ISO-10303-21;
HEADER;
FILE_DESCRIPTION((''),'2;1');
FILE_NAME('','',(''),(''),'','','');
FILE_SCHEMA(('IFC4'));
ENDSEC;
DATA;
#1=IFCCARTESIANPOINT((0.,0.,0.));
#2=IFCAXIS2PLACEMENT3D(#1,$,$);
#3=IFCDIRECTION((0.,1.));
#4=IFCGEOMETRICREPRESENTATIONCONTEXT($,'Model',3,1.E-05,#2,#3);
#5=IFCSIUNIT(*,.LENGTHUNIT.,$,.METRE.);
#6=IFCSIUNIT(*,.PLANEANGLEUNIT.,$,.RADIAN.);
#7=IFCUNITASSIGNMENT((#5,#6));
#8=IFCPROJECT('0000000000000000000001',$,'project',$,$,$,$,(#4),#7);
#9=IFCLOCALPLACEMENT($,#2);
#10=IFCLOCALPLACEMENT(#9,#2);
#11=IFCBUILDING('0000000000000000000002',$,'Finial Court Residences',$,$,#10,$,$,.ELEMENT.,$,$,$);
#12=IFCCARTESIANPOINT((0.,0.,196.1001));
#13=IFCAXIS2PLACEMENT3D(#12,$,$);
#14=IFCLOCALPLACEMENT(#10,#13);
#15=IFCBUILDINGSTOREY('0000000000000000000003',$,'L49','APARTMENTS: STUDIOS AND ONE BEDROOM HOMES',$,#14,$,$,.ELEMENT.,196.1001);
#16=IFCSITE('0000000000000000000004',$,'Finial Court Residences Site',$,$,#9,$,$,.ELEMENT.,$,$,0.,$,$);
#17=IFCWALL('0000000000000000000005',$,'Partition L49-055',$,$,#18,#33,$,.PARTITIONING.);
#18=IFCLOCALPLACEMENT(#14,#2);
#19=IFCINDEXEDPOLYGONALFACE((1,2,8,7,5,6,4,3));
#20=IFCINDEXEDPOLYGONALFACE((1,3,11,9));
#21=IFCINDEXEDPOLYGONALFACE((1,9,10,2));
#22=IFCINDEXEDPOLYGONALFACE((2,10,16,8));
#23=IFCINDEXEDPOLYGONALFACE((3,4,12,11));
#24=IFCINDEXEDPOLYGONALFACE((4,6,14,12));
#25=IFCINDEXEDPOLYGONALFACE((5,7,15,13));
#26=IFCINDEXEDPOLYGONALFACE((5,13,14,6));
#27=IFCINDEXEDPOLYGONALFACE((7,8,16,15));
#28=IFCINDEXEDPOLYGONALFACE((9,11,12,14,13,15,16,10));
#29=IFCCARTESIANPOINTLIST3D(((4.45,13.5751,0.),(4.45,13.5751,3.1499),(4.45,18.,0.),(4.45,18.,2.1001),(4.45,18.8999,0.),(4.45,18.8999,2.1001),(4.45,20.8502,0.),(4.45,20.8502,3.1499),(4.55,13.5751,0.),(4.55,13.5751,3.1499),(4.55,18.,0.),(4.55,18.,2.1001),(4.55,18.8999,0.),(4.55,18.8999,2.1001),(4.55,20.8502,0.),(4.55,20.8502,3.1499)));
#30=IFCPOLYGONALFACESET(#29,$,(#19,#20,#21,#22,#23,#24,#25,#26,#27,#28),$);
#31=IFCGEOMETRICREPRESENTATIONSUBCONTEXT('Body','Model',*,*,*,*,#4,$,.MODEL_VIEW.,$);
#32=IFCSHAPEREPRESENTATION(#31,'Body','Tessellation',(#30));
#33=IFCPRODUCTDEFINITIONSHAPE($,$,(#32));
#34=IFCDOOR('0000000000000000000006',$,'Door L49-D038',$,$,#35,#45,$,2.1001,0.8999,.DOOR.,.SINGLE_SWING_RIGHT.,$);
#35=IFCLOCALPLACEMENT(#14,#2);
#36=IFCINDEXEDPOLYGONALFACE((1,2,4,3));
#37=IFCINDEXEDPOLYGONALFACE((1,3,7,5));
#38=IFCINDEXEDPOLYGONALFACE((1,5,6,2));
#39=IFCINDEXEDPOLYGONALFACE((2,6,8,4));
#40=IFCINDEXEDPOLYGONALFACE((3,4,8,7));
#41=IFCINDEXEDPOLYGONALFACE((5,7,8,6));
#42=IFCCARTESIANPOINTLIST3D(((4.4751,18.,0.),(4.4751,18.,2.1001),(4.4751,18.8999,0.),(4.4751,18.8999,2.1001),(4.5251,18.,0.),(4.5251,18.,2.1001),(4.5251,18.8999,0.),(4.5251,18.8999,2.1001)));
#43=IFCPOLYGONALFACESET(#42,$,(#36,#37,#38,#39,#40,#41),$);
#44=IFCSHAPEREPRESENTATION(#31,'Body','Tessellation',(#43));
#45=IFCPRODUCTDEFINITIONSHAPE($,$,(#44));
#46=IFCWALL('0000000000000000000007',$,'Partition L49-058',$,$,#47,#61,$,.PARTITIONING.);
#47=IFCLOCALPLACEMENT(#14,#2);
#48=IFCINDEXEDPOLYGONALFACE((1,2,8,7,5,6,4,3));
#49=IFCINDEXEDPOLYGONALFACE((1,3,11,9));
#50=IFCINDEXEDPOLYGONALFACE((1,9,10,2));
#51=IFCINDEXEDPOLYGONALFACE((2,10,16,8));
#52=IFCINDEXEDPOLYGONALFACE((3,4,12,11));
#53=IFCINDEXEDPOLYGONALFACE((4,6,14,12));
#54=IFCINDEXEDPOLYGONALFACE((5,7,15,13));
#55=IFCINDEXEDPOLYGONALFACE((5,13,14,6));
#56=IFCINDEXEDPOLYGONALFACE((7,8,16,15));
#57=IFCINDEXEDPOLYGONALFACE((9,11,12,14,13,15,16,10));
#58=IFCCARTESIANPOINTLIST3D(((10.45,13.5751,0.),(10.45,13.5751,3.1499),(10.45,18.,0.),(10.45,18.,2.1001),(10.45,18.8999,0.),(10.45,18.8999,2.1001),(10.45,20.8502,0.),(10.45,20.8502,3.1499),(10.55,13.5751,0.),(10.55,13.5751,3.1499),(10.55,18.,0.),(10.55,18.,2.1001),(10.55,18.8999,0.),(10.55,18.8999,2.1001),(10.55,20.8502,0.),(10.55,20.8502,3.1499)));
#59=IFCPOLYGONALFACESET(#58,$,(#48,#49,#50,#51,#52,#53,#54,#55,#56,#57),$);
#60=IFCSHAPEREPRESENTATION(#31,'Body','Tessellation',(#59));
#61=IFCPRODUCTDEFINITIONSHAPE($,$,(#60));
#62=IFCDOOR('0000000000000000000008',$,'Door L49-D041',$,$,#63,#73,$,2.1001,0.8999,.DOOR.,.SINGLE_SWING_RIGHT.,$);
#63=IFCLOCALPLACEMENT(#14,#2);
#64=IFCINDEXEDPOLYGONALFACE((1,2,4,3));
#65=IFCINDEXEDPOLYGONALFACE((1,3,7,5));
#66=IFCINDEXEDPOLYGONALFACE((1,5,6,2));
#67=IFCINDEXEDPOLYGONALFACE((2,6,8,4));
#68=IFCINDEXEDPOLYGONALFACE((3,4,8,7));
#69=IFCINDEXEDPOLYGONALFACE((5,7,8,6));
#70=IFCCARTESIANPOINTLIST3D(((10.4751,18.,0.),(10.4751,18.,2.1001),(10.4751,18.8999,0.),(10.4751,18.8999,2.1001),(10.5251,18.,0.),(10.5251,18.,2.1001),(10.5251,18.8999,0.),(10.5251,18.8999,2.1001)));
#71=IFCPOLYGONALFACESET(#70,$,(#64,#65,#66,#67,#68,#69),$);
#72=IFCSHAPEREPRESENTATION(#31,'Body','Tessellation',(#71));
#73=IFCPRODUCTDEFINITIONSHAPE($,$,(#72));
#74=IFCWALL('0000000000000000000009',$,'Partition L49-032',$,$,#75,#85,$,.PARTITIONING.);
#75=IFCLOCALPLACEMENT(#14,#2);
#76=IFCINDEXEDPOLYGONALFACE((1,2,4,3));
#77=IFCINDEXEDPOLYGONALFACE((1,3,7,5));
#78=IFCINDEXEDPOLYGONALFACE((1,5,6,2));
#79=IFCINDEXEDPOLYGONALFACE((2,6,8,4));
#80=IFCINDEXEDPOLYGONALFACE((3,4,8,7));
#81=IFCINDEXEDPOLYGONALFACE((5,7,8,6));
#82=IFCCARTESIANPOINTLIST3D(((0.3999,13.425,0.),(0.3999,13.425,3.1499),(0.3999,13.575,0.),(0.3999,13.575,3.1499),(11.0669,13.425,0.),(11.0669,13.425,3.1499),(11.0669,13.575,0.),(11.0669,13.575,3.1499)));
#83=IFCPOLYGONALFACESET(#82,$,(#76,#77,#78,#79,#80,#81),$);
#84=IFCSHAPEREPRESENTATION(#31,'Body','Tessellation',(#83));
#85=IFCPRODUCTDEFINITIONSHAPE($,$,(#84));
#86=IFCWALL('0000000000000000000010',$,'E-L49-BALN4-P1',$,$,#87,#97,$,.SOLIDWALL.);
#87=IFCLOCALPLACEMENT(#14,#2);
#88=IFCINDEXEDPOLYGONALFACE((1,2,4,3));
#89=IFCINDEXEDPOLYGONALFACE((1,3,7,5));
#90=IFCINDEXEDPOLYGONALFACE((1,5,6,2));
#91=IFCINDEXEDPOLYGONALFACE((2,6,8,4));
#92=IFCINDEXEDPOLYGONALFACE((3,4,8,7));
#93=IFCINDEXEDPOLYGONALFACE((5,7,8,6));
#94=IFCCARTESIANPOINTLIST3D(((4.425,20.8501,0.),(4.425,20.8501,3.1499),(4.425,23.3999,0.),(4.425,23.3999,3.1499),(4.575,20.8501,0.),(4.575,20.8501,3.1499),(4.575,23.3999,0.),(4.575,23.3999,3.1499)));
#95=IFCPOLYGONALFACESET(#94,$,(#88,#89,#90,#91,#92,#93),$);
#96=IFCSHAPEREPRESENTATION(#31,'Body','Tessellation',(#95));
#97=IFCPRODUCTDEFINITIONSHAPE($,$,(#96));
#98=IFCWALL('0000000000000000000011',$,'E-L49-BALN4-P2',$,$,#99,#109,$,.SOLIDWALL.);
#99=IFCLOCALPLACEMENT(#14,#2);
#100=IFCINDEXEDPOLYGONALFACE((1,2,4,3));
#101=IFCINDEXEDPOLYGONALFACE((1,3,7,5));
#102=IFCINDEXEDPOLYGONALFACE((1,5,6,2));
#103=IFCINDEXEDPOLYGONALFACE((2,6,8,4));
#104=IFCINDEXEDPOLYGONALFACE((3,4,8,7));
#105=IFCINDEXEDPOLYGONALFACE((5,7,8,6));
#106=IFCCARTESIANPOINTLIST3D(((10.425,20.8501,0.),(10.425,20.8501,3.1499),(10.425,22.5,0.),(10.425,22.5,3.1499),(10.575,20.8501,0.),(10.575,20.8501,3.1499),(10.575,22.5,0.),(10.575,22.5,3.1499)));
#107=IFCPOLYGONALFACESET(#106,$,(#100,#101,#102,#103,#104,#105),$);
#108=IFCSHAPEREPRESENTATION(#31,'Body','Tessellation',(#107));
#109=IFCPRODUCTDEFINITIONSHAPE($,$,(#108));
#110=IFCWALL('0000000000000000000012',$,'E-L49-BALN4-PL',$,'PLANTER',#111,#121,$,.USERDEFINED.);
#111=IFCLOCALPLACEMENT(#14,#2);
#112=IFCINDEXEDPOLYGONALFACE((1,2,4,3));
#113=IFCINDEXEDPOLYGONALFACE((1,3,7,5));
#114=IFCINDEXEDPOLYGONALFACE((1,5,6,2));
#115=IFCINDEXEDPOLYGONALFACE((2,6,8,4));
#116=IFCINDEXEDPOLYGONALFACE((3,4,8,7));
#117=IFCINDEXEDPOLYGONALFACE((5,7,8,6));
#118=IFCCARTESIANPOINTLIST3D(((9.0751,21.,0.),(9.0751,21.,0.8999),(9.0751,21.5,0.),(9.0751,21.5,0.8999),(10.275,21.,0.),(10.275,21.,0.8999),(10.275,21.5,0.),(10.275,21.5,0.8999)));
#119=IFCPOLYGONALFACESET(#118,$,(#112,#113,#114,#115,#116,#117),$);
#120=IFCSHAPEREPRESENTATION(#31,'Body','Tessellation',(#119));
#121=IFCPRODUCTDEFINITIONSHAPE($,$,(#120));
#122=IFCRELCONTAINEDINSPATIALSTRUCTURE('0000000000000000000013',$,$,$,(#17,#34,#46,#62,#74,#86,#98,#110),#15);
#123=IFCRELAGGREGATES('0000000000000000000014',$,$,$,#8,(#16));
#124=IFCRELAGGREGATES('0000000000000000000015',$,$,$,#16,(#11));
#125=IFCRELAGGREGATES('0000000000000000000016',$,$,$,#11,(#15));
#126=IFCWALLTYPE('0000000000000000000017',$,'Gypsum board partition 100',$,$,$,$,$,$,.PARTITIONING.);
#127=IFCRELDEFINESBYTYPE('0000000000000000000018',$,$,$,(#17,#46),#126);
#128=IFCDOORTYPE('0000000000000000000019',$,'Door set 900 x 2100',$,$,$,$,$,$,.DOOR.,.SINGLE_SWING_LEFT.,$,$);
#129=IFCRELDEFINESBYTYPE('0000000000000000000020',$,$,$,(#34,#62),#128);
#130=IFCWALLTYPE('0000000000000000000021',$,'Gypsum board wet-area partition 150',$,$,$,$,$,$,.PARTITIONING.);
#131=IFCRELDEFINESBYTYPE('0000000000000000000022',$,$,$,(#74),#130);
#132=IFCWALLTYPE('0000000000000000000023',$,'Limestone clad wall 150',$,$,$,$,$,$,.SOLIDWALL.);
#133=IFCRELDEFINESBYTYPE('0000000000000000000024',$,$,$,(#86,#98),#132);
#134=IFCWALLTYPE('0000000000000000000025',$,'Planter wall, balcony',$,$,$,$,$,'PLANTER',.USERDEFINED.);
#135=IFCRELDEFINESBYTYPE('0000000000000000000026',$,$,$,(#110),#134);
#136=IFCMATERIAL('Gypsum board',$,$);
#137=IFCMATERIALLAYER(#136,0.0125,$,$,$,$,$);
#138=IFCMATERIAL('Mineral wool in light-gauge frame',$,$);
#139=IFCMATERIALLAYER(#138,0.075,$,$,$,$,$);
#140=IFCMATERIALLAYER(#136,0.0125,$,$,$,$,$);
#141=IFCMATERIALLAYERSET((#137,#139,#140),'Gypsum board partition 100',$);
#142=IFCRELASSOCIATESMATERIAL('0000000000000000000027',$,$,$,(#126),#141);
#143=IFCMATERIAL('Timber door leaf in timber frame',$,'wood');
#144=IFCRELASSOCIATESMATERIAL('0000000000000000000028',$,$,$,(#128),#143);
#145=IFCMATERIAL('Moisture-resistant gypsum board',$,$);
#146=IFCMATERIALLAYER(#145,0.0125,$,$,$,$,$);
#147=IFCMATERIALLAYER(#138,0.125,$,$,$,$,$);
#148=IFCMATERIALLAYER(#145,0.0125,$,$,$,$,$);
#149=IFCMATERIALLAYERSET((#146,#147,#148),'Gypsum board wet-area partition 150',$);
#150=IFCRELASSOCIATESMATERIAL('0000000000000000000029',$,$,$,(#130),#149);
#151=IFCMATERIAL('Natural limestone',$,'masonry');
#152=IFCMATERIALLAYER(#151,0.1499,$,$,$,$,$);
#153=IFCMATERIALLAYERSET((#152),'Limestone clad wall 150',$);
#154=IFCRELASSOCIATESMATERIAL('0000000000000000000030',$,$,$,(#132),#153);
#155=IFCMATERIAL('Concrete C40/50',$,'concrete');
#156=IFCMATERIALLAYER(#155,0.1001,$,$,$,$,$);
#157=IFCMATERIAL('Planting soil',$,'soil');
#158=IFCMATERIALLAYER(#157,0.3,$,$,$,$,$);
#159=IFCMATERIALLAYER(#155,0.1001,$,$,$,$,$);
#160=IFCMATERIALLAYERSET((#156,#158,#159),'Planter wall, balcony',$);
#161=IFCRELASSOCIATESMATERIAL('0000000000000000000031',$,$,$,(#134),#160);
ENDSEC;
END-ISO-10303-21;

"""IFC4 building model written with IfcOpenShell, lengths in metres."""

from ifc_helpers import new_model, si_unit, direction, frame, frame_2d, origin, place, context, subcontext, project, spatial, rectangle, extrude, material, layer, layer_set, type_object, element, fill, save


model = new_model("IFC4")

# Units and contexts
model_context = context("Model", 3, precision=1e-05, world=origin(), true_north=direction((0.0, 1.0)))
body_context = subcontext(model_context, "Body", "Model", "MODEL_VIEW")
ifc_project = project(units=[si_unit("LENGTHUNIT", "METRE"), si_unit("PLANEANGLEUNIT", "RADIAN")], contexts=[model_context])

# Site, building, storey
site_placement = place(None, origin())
site = spatial("IfcSite", under=ifc_project, at=site_placement, Name="Finial Court Residences Site", CompositionType="ELEMENT", RefElevation=0.0)
building_placement = place(site_placement, origin())
building = spatial("IfcBuilding", under=site, at=building_placement, Name="Finial Court Residences", CompositionType="ELEMENT")
storey_placement = place(building_placement, frame((0.0, 0.0, 196.1001)))
storey = spatial("IfcBuildingStorey", under=building, at=storey_placement, Name="L49", Description="APARTMENTS: STUDIOS AND ONE BEDROOM HOMES", CompositionType="ELEMENT", Elevation=196.1001)

# Walls, openings, doors
ifc_material_1 = material(Name="Gypsum board")
ifc_layer_1 = layer(ifc_material_1, 0.0125)
ifc_material_2 = material(Name="Mineral wool in light-gauge frame")
ifc_layer_2 = layer(ifc_material_2, 0.075)
ifc_layer_3 = layer(ifc_material_1, 0.0125)
ifc_layer_set_1 = layer_set([ifc_layer_1, ifc_layer_2, ifc_layer_3], Name="Gypsum board partition 100")
wall_type_1 = type_object("IfcWallType", Name="Gypsum board partition 100", PredefinedType="PARTITIONING", material=ifc_layer_set_1)
ifc_material_3 = material(Name="Timber door leaf in timber frame", Category="wood")
door_type_1 = type_object("IfcDoorType", Name="Door set 900 x 2100", OperationType="SINGLE_SWING_LEFT", PredefinedType="DOOR", material=ifc_material_3)
wall_1_placement = place(storey_placement, frame((4.5, 13.575, 0.0), z_axis=(0.0, 0.0, 1.0), x_axis=(0.0, 1.0, 0.0)))
wall_1 = element("IfcWall", 1, at=wall_1_placement, inside=storey, type_object=wall_type_1, Name="Partition L49-055", PredefinedType="PARTITIONING", context=body_context, shape_type="SweptSolid", body=[
    extrude(rectangle(XDim=7.2751, YDim=0.1001, at=frame_2d((3.6377, 0.0))), origin(), (0.0, 0.0, 1.0), 3.1499),
])
opening_1_placement = place(wall_1_placement, frame((4.425, 0.0, 0.0)))
opening_1 = element("IfcOpeningElement", 2, at=opening_1_placement, cuts=wall_1, PredefinedType="OPENING", context=body_context, shape_type="SweptSolid", body=[
    extrude(rectangle(XDim=0.8999, YDim=2.1001, at=frame_2d((0.45, 1.05))), frame((0.0, 0.0601, 0.0), z_axis=(0.0, -1.0, 0.0), x_axis=(1.0, 0.0, 0.0)), (0.0, 0.0, 1.0), 0.1201),
])
door_1_placement = place(opening_1_placement, origin())
door_1 = element("IfcDoor", 3, at=door_1_placement, inside=storey, type_object=door_type_1, Name="Door L49-D038", OperationType="SINGLE_SWING_RIGHT", OverallHeight=2.1001, OverallWidth=0.8999, PredefinedType="DOOR", context=body_context, shape_type="SweptSolid", body=[
    extrude(rectangle(XDim=0.8999, YDim=2.1001, at=frame_2d((0.45, 1.05))), frame((0.0, 0.0249, 0.0), z_axis=(0.0, -1.0, 0.0), x_axis=(1.0, 0.0, 0.0)), (0.0, 0.0, 1.0), 0.05),
])
fill(opening_1, door_1)
wall_2_placement = place(storey_placement, frame((10.5, 13.575, 0.0), z_axis=(0.0, 0.0, 1.0), x_axis=(0.0, 1.0, 0.0)))
wall_2 = element("IfcWall", 4, at=wall_2_placement, inside=storey, type_object=wall_type_1, Name="Partition L49-058", PredefinedType="PARTITIONING", context=body_context, shape_type="SweptSolid", body=[
    extrude(rectangle(XDim=7.2751, YDim=0.1001, at=frame_2d((3.6377, 0.0))), origin(), (0.0, 0.0, 1.0), 3.1499),
])
opening_2_placement = place(wall_2_placement, frame((4.425, 0.0, 0.0)))
opening_2 = element("IfcOpeningElement", 5, at=opening_2_placement, cuts=wall_2, PredefinedType="OPENING", context=body_context, shape_type="SweptSolid", body=[
    extrude(rectangle(XDim=0.8999, YDim=2.1001, at=frame_2d((0.45, 1.05))), frame((0.0, 0.0601, 0.0), z_axis=(0.0, -1.0, 0.0), x_axis=(1.0, 0.0, 0.0)), (0.0, 0.0, 1.0), 0.1201),
])
door_2_placement = place(opening_2_placement, origin())
door_2 = element("IfcDoor", 6, at=door_2_placement, inside=storey, type_object=door_type_1, Name="Door L49-D041", OperationType="SINGLE_SWING_RIGHT", OverallHeight=2.1001, OverallWidth=0.8999, PredefinedType="DOOR", context=body_context, shape_type="SweptSolid", body=[
    extrude(rectangle(XDim=0.8999, YDim=2.1001, at=frame_2d((0.45, 1.05))), frame((0.0, 0.0249, 0.0), z_axis=(0.0, -1.0, 0.0), x_axis=(1.0, 0.0, 0.0)), (0.0, 0.0, 1.0), 0.05),
])
fill(opening_2, door_2)

# Walls
ifc_material_4 = material(Name="Moisture-resistant gypsum board")
ifc_layer_4 = layer(ifc_material_4, 0.0125)
ifc_layer_5 = layer(ifc_material_2, 0.125)
ifc_layer_6 = layer(ifc_material_4, 0.0125)
ifc_layer_set_2 = layer_set([ifc_layer_4, ifc_layer_5, ifc_layer_6], Name="Gypsum board wet-area partition 150")
wall_type_2 = type_object("IfcWallType", Name="Gypsum board wet-area partition 150", PredefinedType="PARTITIONING", material=ifc_layer_set_2)
wall_3_placement = place(storey_placement, frame((0.3999, 13.5, 0.0), z_axis=(0.0, 0.0, 1.0), x_axis=(1.0, 0.0, 0.0)))
element("IfcWall", 7, at=wall_3_placement, inside=storey, type_object=wall_type_2, Name="Partition L49-032", PredefinedType="PARTITIONING", context=body_context, shape_type="SweptSolid", body=[
    extrude(rectangle(XDim=10.667, YDim=0.1499, at=frame_2d((5.3335, 0.0))), origin(), (0.0, 0.0, 1.0), 3.1499),
])
ifc_material_5 = material(Name="Natural limestone", Category="masonry")
ifc_layer_7 = layer(ifc_material_5, 0.1499)
ifc_layer_set_3 = layer_set([ifc_layer_7], Name="Limestone clad wall 150")
wall_type_3 = type_object("IfcWallType", Name="Limestone clad wall 150", PredefinedType="SOLIDWALL", material=ifc_layer_set_3)
wall_4_placement = place(storey_placement, frame((4.5, 20.8501, 0.0), z_axis=(0.0, 0.0, 1.0), x_axis=(0.0, 1.0, 0.0)))
element("IfcWall", 8, at=wall_4_placement, inside=storey, type_object=wall_type_3, Name="E-L49-BALN4-P1", PredefinedType="SOLIDWALL", context=body_context, shape_type="SweptSolid", body=[
    extrude(rectangle(XDim=2.5498, YDim=0.1499, at=frame_2d((1.2749, 0.0))), origin(), (0.0, 0.0, 1.0), 3.1499),
])
wall_5_placement = place(storey_placement, frame((10.5, 20.8501, 0.0), z_axis=(0.0, 0.0, 1.0), x_axis=(0.0, 1.0, 0.0)))
element("IfcWall", 9, at=wall_5_placement, inside=storey, type_object=wall_type_3, Name="E-L49-BALN4-P2", PredefinedType="SOLIDWALL", context=body_context, shape_type="SweptSolid", body=[
    extrude(rectangle(XDim=1.6499, YDim=0.1499, at=frame_2d((0.825, 0.0))), origin(), (0.0, 0.0, 1.0), 3.1499),
])

# Wall
ifc_material_6 = material(Name="Concrete C40/50", Category="concrete")
ifc_layer_8 = layer(ifc_material_6, 0.1001)
ifc_material_7 = material(Name="Planting soil", Category="soil")
ifc_layer_9 = layer(ifc_material_7, 0.3)
ifc_layer_10 = layer(ifc_material_6, 0.1001)
ifc_layer_set_4 = layer_set([ifc_layer_8, ifc_layer_9, ifc_layer_10], Name="Planter wall, balcony")
wall_type_4 = type_object("IfcWallType", Name="Planter wall, balcony", ElementType="PLANTER", PredefinedType="USERDEFINED", material=ifc_layer_set_4)
wall_6_placement = place(storey_placement, frame((9.075, 21.25, 0.0), z_axis=(0.0, 0.0, 1.0), x_axis=(1.0, 0.0, 0.0)))
element("IfcWall", 10, at=wall_6_placement, inside=storey, type_object=wall_type_4, Name="E-L49-BALN4-PL", ObjectType="PLANTER", PredefinedType="USERDEFINED", context=body_context, shape_type="SweptSolid", body=[
    extrude(rectangle(XDim=1.2, YDim=0.5, at=frame_2d((0.6001, 0.0))), origin(), (0.0, 0.0, 1.0), 0.8999),
])

save(model, "model.ifc")
